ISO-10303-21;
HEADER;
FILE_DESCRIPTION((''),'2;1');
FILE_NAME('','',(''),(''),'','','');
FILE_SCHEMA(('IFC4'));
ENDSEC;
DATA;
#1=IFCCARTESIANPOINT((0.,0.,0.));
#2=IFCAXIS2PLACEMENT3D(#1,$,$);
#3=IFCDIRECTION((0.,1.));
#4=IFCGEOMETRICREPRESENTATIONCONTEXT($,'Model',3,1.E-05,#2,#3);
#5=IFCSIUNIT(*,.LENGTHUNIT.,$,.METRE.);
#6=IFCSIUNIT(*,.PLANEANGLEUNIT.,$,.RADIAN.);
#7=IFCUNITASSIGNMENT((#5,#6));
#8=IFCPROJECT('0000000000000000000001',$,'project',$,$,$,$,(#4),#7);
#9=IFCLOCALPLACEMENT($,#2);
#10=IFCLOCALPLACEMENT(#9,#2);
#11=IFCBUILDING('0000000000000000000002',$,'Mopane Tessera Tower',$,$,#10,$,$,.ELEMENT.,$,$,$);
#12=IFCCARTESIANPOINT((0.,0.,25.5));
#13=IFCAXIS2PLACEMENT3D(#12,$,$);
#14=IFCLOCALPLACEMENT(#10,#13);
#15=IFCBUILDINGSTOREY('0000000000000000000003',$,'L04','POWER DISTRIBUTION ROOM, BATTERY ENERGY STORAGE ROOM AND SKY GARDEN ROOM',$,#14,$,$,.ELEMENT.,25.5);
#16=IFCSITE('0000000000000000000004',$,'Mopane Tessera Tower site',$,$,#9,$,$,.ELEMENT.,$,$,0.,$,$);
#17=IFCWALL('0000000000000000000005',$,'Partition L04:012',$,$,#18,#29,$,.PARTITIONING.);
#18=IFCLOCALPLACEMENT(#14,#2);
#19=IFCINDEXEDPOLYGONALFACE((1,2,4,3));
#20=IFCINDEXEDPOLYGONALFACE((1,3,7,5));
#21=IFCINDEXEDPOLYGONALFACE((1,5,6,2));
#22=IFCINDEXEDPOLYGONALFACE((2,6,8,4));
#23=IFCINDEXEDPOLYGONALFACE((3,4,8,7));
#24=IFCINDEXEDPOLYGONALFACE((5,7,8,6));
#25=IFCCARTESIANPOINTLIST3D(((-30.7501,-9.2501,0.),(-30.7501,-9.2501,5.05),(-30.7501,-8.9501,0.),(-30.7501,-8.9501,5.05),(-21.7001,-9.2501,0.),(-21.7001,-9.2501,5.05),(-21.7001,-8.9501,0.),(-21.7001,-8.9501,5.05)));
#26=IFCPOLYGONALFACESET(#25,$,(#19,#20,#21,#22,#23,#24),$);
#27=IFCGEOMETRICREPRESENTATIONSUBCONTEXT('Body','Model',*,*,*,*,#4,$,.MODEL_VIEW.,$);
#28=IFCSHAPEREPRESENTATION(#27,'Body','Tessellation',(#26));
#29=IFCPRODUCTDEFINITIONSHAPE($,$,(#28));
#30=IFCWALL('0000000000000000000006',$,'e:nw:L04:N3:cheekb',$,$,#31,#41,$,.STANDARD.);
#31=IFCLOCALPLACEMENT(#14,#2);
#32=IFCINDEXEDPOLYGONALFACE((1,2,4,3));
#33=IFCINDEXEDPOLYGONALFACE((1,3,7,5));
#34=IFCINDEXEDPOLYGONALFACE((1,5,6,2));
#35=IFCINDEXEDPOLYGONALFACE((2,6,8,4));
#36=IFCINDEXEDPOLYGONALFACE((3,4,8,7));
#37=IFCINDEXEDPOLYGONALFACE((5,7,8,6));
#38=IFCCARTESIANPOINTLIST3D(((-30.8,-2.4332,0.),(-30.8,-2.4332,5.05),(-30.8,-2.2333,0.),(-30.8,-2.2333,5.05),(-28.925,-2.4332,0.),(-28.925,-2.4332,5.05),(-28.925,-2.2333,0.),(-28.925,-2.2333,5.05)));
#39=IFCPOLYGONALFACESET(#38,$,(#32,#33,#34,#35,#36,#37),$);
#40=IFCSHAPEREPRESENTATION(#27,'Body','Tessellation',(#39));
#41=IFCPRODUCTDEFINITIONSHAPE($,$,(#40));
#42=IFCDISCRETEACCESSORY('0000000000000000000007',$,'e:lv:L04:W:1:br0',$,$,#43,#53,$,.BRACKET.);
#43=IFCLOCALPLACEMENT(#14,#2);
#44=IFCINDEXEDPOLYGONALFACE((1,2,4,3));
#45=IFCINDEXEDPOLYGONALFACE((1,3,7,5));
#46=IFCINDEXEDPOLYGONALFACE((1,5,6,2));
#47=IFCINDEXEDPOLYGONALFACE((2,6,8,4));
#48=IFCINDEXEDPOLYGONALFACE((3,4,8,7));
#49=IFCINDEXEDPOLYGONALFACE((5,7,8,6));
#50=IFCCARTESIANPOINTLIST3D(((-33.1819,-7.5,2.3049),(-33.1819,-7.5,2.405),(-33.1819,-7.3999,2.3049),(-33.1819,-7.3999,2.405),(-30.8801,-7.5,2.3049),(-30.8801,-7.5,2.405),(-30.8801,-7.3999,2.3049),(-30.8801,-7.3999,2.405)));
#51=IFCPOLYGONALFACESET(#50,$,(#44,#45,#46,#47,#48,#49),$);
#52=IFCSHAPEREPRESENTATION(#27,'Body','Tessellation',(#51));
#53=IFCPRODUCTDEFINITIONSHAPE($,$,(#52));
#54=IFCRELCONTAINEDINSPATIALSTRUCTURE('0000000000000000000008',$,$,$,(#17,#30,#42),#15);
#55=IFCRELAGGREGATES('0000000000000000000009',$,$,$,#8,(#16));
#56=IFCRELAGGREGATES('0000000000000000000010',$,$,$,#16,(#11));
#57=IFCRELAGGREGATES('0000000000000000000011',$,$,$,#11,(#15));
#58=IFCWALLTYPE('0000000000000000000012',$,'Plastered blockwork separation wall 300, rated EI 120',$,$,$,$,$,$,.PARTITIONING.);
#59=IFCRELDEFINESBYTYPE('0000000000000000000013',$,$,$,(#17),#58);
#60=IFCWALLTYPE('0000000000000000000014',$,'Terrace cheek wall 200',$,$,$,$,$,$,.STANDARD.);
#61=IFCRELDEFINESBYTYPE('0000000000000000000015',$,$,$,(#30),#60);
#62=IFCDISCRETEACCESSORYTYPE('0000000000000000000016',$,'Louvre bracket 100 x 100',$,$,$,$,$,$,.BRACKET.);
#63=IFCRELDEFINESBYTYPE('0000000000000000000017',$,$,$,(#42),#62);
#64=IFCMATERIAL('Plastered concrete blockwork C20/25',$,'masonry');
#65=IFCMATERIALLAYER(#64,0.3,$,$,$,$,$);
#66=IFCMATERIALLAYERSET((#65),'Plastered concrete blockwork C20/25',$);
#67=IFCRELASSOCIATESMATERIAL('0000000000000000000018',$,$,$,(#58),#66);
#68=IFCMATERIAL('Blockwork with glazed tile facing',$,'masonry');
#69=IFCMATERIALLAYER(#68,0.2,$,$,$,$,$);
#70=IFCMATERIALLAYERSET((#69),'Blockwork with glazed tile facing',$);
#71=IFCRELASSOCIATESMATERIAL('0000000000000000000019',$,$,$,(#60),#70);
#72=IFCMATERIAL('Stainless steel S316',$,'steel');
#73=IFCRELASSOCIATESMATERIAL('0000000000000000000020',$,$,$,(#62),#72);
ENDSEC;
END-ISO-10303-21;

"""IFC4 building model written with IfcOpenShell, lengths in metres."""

from ifc_helpers import new_model, si_unit, direction, frame, frame_2d, origin, origin_2d, place, context, subcontext, project, spatial, rectangle, extrude, material, layer, layer_set, type_object, element, save


model = new_model("IFC4")

# Units and contexts
model_context = context("Model", 3, precision=1e-05, world=origin(), true_north=direction((0.0, 1.0)))
body_context = subcontext(model_context, "Body", "Model", "MODEL_VIEW")
ifc_project = project(units=[si_unit("LENGTHUNIT", "METRE"), si_unit("PLANEANGLEUNIT", "RADIAN")], contexts=[model_context])

# Site, building, storey
site_placement = place(None, origin())
site = spatial("IfcSite", under=ifc_project, at=site_placement, Name="Mopane Tessera Tower site", CompositionType="ELEMENT", RefElevation=0.0)
building_placement = place(site_placement, origin())
building = spatial("IfcBuilding", under=site, at=building_placement, Name="Mopane Tessera Tower", CompositionType="ELEMENT")
storey_placement = place(building_placement, frame((0.0, 0.0, 25.5)))
storey = spatial("IfcBuildingStorey", under=building, at=storey_placement, Name="L04", Description="POWER DISTRIBUTION ROOM, BATTERY ENERGY STORAGE ROOM AND SKY GARDEN ROOM", CompositionType="ELEMENT", Elevation=25.5)

# Walls
ifc_material_1 = material(Name="Plastered concrete blockwork C20/25", Category="masonry")
ifc_layer_1 = layer(ifc_material_1, 0.3)
ifc_layer_set_1 = layer_set([ifc_layer_1], Name="Plastered concrete blockwork C20/25")
wall_type_1 = type_object("IfcWallType", Name="Plastered blockwork separation wall 300, rated EI 120", PredefinedType="PARTITIONING", material=ifc_layer_set_1)
wall_1_placement = place(storey_placement, frame((-30.75, -9.1001, 0.0), z_axis=(0.0, 0.0, 1.0), x_axis=(1.0, 0.0, 0.0)))
element("IfcWall", 1, at=wall_1_placement, inside=storey, type_object=wall_type_1, Name="Partition L04:012", PredefinedType="PARTITIONING", context=body_context, shape_type="SweptSolid", body=[
    extrude(rectangle(XDim=9.05, YDim=0.3, at=frame_2d((4.5249, 0.0))), origin(), (0.0, 0.0, 1.0), 5.05),
])
ifc_material_2 = material(Name="Blockwork with glazed tile facing", Category="masonry")
ifc_layer_2 = layer(ifc_material_2, 0.2)
ifc_layer_set_2 = layer_set([ifc_layer_2], Name="Blockwork with glazed tile facing")
wall_type_2 = type_object("IfcWallType", Name="Terrace cheek wall 200", PredefinedType="STANDARD", material=ifc_layer_set_2)
wall_2_placement = place(storey_placement, frame((-30.8, -2.3333, 0.0), z_axis=(0.0, 0.0, 1.0), x_axis=(1.0, 0.0, 0.0)))
element("IfcWall", 2, at=wall_2_placement, inside=storey, type_object=wall_type_2, Name="e:nw:L04:N3:cheekb", PredefinedType="STANDARD", context=body_context, shape_type="SweptSolid", body=[
    extrude(rectangle(XDim=1.875, YDim=0.2, at=frame_2d((0.9375, 0.0))), origin(), (0.0, 0.0, 1.0), 5.05),
])

# Discrete accessory
ifc_material_3 = material(Name="Stainless steel S316", Category="steel")
discrete_accessory_type = type_object("IfcDiscreteAccessoryType", Name="Louvre bracket 100 x 100", PredefinedType="BRACKET", material=ifc_material_3)
discrete_accessory_placement = place(storey_placement, frame((-32.031, -7.45, 2.3049), z_axis=(0.0, 0.0, 1.0), x_axis=(-1.0, 0.0, 0.0)))
element("IfcDiscreteAccessory", 3, at=discrete_accessory_placement, inside=storey, type_object=discrete_accessory_type, Name="e:lv:L04:W:1:br0", PredefinedType="BRACKET", context=body_context, shape_type="SweptSolid", body=[
    extrude(rectangle(XDim=2.3018, YDim=0.1001, at=origin_2d()), origin(), (0.0, 0.0, 1.0), 0.1001),
])

save(model, "model.ifc")
